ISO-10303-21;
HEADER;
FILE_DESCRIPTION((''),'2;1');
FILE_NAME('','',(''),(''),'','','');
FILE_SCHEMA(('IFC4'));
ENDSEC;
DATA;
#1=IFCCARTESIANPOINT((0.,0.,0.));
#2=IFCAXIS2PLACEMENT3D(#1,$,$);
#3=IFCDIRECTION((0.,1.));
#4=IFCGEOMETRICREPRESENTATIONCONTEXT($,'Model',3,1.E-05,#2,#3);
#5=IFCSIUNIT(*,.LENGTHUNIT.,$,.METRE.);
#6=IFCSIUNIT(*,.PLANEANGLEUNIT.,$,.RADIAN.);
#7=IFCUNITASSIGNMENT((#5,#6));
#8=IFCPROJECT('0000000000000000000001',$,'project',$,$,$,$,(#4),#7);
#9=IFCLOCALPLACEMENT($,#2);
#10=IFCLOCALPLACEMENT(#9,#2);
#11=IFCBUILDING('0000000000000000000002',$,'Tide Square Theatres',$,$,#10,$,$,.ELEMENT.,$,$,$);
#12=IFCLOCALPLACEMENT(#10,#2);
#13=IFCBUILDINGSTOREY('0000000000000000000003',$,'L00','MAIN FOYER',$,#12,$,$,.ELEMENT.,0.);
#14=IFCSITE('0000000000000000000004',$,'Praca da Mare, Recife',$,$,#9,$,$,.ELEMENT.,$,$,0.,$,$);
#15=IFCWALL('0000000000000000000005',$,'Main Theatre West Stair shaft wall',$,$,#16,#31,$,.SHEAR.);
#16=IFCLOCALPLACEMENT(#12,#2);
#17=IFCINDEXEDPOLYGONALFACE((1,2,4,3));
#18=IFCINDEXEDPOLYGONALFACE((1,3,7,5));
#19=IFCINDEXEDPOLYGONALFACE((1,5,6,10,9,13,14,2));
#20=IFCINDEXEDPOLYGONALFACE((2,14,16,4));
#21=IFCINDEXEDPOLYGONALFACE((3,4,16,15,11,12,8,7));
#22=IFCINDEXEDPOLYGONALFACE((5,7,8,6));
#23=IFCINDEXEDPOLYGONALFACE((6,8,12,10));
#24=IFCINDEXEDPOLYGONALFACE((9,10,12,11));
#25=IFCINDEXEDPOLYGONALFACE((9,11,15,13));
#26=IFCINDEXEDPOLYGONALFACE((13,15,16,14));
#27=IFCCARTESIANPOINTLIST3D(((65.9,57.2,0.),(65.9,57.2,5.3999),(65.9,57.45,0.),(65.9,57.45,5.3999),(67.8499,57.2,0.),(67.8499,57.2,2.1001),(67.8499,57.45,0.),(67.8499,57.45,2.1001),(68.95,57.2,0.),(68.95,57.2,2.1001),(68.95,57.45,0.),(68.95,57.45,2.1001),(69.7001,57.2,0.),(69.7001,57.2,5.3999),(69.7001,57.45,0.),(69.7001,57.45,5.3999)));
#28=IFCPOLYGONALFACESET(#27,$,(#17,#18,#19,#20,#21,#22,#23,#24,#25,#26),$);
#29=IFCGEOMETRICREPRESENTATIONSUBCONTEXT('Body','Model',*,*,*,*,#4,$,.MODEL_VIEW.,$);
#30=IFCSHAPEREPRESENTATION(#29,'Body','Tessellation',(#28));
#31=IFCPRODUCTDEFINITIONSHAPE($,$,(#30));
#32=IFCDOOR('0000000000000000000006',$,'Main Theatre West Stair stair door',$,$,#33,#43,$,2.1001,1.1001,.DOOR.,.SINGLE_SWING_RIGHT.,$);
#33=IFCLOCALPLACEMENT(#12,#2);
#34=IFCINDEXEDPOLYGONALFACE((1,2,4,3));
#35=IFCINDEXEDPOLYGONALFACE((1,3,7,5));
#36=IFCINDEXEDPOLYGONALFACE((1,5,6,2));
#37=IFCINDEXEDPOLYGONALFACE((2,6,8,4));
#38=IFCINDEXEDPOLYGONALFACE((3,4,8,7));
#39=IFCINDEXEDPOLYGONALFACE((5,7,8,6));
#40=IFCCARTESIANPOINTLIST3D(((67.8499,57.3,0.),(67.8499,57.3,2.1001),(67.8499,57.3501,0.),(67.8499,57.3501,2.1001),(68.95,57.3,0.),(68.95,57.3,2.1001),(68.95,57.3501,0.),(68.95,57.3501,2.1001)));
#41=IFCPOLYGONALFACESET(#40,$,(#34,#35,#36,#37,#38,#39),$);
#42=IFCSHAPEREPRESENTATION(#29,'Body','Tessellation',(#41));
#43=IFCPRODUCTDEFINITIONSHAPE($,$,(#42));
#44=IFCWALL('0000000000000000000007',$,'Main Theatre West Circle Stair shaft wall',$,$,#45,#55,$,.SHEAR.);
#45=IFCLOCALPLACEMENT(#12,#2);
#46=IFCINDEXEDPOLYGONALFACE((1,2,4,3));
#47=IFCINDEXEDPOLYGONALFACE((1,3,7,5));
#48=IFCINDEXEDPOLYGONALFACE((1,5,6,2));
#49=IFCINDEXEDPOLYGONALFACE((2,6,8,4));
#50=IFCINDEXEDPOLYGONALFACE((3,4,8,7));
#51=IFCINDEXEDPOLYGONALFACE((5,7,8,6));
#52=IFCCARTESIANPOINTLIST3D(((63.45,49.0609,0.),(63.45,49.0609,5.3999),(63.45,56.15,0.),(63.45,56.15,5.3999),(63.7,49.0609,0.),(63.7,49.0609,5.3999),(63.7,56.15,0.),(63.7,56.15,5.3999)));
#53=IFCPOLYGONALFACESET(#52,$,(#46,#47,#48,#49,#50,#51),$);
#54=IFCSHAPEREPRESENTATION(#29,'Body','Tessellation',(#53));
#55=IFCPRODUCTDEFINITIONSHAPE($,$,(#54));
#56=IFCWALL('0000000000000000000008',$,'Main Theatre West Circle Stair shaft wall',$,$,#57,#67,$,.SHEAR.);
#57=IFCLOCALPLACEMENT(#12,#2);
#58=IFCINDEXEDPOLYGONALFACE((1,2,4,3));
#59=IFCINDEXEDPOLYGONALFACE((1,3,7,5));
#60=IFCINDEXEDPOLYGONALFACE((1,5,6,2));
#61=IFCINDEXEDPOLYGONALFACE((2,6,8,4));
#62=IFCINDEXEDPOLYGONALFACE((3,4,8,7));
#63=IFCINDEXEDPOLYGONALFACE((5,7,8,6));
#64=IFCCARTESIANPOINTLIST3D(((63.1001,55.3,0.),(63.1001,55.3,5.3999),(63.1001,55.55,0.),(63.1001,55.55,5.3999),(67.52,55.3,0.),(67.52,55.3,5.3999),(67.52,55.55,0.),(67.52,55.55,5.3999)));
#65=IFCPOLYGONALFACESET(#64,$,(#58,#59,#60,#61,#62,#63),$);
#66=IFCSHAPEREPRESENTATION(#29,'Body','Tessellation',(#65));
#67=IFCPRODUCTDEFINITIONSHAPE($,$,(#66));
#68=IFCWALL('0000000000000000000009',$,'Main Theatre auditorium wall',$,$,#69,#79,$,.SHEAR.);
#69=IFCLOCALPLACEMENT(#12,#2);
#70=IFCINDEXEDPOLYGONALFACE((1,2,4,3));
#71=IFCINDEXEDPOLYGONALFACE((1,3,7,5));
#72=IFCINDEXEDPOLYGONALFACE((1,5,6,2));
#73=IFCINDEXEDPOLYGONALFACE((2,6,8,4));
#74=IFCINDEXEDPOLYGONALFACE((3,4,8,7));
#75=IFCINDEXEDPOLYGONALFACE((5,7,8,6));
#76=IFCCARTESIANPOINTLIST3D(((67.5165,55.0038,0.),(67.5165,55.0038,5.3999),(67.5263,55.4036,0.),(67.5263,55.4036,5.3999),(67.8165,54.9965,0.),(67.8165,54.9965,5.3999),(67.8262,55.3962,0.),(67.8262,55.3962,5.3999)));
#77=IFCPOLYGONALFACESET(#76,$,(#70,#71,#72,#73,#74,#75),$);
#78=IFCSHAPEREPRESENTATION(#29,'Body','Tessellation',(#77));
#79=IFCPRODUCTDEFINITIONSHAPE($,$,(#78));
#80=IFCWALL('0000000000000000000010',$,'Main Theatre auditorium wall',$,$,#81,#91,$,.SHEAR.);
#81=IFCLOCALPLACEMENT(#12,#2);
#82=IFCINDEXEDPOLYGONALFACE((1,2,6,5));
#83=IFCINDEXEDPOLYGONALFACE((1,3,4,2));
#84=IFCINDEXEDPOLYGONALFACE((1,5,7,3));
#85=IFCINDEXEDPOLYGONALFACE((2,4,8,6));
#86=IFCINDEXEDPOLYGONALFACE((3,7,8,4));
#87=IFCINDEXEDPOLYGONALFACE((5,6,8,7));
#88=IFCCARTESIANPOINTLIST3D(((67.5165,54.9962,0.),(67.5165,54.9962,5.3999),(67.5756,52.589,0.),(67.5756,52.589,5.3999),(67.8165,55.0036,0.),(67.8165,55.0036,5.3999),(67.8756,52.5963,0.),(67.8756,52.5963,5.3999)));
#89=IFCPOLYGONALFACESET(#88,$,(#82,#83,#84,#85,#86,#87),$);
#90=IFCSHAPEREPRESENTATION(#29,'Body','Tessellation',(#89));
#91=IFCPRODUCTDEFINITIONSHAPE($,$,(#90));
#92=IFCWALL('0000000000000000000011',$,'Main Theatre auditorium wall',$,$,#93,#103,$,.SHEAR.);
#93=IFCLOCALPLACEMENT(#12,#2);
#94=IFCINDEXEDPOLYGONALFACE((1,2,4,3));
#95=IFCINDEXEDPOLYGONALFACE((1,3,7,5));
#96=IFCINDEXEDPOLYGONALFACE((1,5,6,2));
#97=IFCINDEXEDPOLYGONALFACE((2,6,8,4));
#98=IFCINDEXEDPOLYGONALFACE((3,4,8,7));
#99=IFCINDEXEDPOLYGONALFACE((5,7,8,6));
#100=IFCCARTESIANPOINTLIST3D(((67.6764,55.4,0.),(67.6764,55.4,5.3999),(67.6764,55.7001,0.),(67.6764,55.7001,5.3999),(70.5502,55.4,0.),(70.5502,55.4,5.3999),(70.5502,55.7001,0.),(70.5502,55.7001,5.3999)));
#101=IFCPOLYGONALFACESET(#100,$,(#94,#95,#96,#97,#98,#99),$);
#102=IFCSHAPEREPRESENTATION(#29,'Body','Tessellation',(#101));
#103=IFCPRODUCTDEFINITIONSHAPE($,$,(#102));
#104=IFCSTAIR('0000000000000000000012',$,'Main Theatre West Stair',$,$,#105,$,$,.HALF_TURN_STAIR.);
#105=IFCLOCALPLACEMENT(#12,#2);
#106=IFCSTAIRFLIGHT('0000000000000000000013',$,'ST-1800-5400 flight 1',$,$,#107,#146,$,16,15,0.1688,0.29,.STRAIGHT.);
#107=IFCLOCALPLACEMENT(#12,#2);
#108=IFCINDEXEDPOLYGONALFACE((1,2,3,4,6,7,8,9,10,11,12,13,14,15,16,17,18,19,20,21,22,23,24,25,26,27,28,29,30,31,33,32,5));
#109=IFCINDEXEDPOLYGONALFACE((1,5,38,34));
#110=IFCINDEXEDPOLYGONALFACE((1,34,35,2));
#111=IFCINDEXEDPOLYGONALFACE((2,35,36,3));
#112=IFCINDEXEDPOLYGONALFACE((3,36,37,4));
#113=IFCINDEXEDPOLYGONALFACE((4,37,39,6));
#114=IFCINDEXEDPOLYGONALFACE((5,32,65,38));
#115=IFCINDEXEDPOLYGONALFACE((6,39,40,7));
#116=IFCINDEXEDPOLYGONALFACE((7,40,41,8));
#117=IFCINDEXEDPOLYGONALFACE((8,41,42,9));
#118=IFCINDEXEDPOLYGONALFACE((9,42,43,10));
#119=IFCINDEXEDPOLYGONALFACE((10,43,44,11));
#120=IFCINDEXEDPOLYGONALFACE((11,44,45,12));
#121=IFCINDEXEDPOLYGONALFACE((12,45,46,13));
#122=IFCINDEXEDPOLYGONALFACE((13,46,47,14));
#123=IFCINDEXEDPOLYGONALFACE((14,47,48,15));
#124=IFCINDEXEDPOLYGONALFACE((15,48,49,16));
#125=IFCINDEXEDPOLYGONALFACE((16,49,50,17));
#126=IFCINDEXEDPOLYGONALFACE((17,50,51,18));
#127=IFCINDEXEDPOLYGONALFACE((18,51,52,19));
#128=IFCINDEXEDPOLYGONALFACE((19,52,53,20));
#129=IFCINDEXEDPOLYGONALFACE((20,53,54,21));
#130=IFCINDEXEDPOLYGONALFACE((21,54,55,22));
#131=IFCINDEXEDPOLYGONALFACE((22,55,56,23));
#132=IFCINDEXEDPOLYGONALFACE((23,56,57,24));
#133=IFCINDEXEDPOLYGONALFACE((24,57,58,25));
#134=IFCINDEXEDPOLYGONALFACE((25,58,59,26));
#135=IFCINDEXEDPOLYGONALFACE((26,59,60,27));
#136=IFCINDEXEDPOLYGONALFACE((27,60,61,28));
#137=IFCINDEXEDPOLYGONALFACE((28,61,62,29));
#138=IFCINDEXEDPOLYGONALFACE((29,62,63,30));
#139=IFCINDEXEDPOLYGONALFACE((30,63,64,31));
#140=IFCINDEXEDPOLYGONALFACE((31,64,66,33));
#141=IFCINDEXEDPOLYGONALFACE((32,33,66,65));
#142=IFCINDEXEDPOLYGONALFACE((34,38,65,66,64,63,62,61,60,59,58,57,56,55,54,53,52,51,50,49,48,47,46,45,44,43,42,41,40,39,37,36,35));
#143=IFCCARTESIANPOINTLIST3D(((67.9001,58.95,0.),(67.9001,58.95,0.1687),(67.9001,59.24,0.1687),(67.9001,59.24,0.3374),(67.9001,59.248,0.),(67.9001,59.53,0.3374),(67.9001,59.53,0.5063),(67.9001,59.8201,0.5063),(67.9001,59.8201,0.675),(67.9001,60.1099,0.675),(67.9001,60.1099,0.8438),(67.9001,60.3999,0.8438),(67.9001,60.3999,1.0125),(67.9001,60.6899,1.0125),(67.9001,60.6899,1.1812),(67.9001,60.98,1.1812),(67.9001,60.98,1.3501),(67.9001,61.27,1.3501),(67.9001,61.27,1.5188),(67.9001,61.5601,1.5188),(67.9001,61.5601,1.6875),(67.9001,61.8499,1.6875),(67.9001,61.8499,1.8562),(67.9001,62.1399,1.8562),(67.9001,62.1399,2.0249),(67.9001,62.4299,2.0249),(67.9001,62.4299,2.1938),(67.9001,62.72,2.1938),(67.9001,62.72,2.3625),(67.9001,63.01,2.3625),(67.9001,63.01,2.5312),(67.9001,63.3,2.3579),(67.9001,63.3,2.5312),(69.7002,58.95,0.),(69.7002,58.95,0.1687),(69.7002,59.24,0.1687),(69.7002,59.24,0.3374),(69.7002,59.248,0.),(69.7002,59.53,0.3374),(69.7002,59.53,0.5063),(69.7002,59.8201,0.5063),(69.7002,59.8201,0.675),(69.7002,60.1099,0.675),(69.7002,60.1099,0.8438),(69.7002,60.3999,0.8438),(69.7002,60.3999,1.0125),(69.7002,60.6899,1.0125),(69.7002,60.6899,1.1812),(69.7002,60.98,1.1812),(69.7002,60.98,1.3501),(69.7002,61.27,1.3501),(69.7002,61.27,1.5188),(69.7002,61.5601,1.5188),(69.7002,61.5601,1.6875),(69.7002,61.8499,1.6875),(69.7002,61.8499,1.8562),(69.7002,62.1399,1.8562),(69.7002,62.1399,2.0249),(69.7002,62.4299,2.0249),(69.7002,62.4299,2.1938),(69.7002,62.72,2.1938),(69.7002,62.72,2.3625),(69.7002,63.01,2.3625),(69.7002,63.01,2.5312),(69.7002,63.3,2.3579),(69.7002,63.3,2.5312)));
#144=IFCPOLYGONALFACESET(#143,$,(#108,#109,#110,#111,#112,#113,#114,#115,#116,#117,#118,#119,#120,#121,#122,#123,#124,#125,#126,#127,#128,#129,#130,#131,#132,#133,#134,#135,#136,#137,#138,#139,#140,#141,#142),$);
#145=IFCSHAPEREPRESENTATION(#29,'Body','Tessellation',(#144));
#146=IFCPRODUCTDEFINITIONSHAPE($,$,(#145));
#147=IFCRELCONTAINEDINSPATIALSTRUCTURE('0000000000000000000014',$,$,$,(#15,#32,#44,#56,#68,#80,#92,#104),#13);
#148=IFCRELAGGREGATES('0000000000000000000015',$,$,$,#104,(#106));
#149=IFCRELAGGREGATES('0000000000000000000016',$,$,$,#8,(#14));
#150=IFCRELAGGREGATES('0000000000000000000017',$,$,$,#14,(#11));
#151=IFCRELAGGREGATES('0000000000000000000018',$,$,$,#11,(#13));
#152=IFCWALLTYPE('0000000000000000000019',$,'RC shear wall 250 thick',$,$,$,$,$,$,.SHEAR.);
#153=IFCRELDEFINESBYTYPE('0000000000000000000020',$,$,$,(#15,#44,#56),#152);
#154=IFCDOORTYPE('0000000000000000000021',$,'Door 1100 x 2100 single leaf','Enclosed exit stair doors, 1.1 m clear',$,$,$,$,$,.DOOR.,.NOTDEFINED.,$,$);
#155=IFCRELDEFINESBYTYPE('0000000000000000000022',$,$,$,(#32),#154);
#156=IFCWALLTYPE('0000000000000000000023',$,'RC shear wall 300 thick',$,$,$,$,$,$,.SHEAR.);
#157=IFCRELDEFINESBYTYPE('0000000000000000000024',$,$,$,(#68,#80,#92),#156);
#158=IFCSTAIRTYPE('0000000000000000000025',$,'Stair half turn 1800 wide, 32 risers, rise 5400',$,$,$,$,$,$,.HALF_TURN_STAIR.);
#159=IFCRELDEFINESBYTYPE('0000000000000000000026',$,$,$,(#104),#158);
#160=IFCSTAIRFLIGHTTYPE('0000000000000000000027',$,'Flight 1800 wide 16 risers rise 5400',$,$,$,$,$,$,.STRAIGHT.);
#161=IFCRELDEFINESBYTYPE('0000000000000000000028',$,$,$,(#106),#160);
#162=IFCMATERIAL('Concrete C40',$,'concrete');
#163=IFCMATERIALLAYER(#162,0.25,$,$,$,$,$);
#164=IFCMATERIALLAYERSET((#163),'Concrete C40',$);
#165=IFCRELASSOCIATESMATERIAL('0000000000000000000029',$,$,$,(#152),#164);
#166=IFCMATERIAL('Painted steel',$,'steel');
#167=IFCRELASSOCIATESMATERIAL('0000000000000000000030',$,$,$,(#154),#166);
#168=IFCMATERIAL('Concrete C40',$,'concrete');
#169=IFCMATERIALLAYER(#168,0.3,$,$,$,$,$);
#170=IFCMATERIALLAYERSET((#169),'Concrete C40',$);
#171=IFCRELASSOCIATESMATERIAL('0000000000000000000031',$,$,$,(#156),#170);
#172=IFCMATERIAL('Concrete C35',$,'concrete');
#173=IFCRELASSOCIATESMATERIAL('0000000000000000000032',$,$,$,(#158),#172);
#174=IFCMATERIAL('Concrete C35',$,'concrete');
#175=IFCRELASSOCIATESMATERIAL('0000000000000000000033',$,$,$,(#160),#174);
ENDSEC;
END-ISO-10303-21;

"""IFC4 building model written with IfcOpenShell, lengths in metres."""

from ifc_helpers import new_model, si_unit, direction, frame, frame_2d, origin, place, context, subcontext, project, spatial, polyline, rectangle, outline, extrude, material, layer, layer_set, type_object, element, fill, aggregate, save


model = new_model("IFC4")

# Units and contexts
model_context = context("Model", 3, precision=1e-05, world=origin(), true_north=direction((0.0, 1.0)))
body_context = subcontext(model_context, "Body", "Model", "MODEL_VIEW")
ifc_project = project(units=[si_unit("LENGTHUNIT", "METRE"), si_unit("PLANEANGLEUNIT", "RADIAN")], contexts=[model_context])

# Site, building, storey
site_placement = place(None, origin())
site = spatial("IfcSite", under=ifc_project, at=site_placement, Name="Praca da Mare, Recife", CompositionType="ELEMENT", RefElevation=0.0)
building_placement = place(site_placement, origin())
building = spatial("IfcBuilding", under=site, at=building_placement, Name="Tide Square Theatres", CompositionType="ELEMENT")
storey_placement = place(building_placement, origin())
storey = spatial("IfcBuildingStorey", under=building, at=storey_placement, Name="L00", Description="MAIN FOYER", CompositionType="ELEMENT", Elevation=0.0)

# Shared definitions
ifc_material_1 = material(Name="Concrete C40", Category="concrete")
ifc_layer_1 = layer(ifc_material_1, 0.25)
ifc_layer_set_1 = layer_set([ifc_layer_1], Name="Concrete C40")
wall_type_1 = type_object("IfcWallType", Name="RC shear wall 250 thick", PredefinedType="SHEAR", material=ifc_layer_set_1)

# Wall, opening, door
wall_1_placement = place(storey_placement, frame((69.7, 57.325, 0.0), z_axis=(0.0, 0.0, 1.0), x_axis=(-1.0, 0.0, 0.0)))
wall_1 = element("IfcWall", 1, at=wall_1_placement, inside=storey, type_object=wall_type_1, Name="Main Theatre West Stair shaft wall", PredefinedType="SHEAR", context=body_context, shape_type="SweptSolid", body=[
    extrude(rectangle(XDim=3.8, YDim=0.25, at=frame_2d((1.8999, 0.0))), origin(), (0.0, 0.0, 1.0), 5.3999),
])
opening_placement = place(wall_1_placement, frame((0.75, 0.0, 0.0)))
opening = element("IfcOpeningElement", 2, at=opening_placement, cuts=wall_1, PredefinedType="OPENING", context=body_context, shape_type="SweptSolid", body=[
    extrude(rectangle(XDim=1.1001, YDim=2.1001, at=frame_2d((0.55, 1.05))), frame((0.0, 0.135, 0.0), z_axis=(0.0, -1.0, 0.0), x_axis=(1.0, 0.0, 0.0)), (0.0, 0.0, 1.0), 0.27),
])
ifc_material_2 = material(Name="Painted steel", Category="steel")
door_type = type_object("IfcDoorType", Name="Door 1100 x 2100 single leaf", Description="Enclosed exit stair doors, 1.1 m clear", OperationType="NOTDEFINED", PredefinedType="DOOR", material=ifc_material_2)
door_placement = place(opening_placement, origin())
door = element("IfcDoor", 3, at=door_placement, inside=storey, type_object=door_type, Name="Main Theatre West Stair stair door", OperationType="SINGLE_SWING_RIGHT", OverallHeight=2.1001, OverallWidth=1.1001, PredefinedType="DOOR", context=body_context, shape_type="SweptSolid", body=[
    extrude(rectangle(XDim=1.1001, YDim=2.1001, at=frame_2d((0.55, 1.05))), frame((0.0, 0.0249, 0.0), z_axis=(0.0, -1.0, 0.0), x_axis=(1.0, 0.0, 0.0)), (0.0, 0.0, 1.0), 0.05),
])
fill(opening, door)

# Walls
wall_2_placement = place(storey_placement, frame((63.575, 56.1499, 0.0), z_axis=(0.0, 0.0, 1.0), x_axis=(0.0, -1.0, 0.0)))
element("IfcWall", 4, at=wall_2_placement, inside=storey, type_object=wall_type_1, Name="Main Theatre West Circle Stair shaft wall", PredefinedType="SHEAR", context=body_context, shape_type="SweptSolid", body=[
    extrude(rectangle(XDim=7.0891, YDim=0.25, at=frame_2d((3.5444, 0.0))), origin(), (0.0, 0.0, 1.0), 5.3999),
])
wall_3_placement = place(storey_placement, frame((63.1001, 55.425, 0.0), z_axis=(0.0, 0.0, 1.0), x_axis=(1.0, 0.0, 0.0)))
element("IfcWall", 5, at=wall_3_placement, inside=storey, type_object=wall_type_1, Name="Main Theatre West Circle Stair shaft wall", PredefinedType="SHEAR", context=body_context, shape_type="SweptSolid", body=[
    extrude(rectangle(XDim=4.4199, YDim=0.25, at=frame_2d((2.21, 0.0))), origin(), (0.0, 0.0, 1.0), 5.3999),
])
ifc_material_3 = material(Name="Concrete C40", Category="concrete")
ifc_layer_2 = layer(ifc_material_3, 0.3)
ifc_layer_set_2 = layer_set([ifc_layer_2], Name="Concrete C40")
wall_type_2 = type_object("IfcWallType", Name="RC shear wall 300 thick", PredefinedType="SHEAR", material=ifc_layer_set_2)
wall_4_placement = place(storey_placement, frame((67.6763, 55.3999, 0.0), z_axis=(0.0, 0.0, 1.0), x_axis=(-0.024413, -0.999702, 0.0)))
element("IfcWall", 6, at=wall_4_placement, inside=storey, type_object=wall_type_2, Name="Main Theatre auditorium wall", PredefinedType="SHEAR", context=body_context, shape_type="SweptSolid", body=[
    extrude(rectangle(XDim=0.3999, YDim=0.3, at=frame_2d((0.2, 0.0))), origin(), (0.0, 0.0, 1.0), 5.3999),
])
wall_5_placement = place(storey_placement, frame((67.6665, 55.0, 0.0), z_axis=(0.0, 0.0, 1.0), x_axis=(0.024536, -0.999699, 0.0)))
element("IfcWall", 7, at=wall_5_placement, inside=storey, type_object=wall_type_2, Name="Main Theatre auditorium wall", PredefinedType="SHEAR", context=body_context, shape_type="SweptSolid", body=[
    extrude(rectangle(XDim=2.408, YDim=0.3, at=frame_2d((1.2041, 0.0))), origin(), (0.0, 0.0, 1.0), 5.3999),
])
wall_6_placement = place(storey_placement, frame((67.6763, 55.55, 0.0), z_axis=(0.0, 0.0, 1.0), x_axis=(1.0, 0.0, 0.0)))
element("IfcWall", 8, at=wall_6_placement, inside=storey, type_object=wall_type_2, Name="Main Theatre auditorium wall", PredefinedType="SHEAR", context=body_context, shape_type="SweptSolid", body=[
    extrude(rectangle(XDim=2.8738, YDim=0.3, at=frame_2d((1.437, 0.0))), origin(), (0.0, 0.0, 1.0), 5.3999),
])

# Stair, stair flight
ifc_material_4 = material(Name="Concrete C35", Category="concrete")
stair_type = type_object("IfcStairType", Name="Stair half turn 1800 wide, 32 risers, rise 5400", PredefinedType="HALF_TURN_STAIR", material=ifc_material_4)
stair_placement = place(storey_placement, origin())
stair = element("IfcStair", 9, at=stair_placement, inside=storey, type_object=stair_type, Name="Main Theatre West Stair", PredefinedType="HALF_TURN_STAIR")
ifc_material_5 = material(Name="Concrete C35", Category="concrete")
stair_flight_type = type_object("IfcStairFlightType", Name="Flight 1800 wide 16 risers rise 5400", PredefinedType="STRAIGHT", material=ifc_material_5)
stair_flight_placement = place(storey_placement, frame((68.8, 58.95, 0.0), z_axis=(0.0, 0.0, 1.0), x_axis=(0.0, 1.0, 0.0)))
stair_flight = element("IfcStairFlight", 10, at=stair_flight_placement, type_object=stair_flight_type, Name="ST-1800-5400 flight 1", NumberOfRisers=16, NumberOfTreads=15, PredefinedType="STRAIGHT", RiserHeight=0.1688, TreadLength=0.29, context=body_context, shape_type="SweptSolid", body=[
    extrude(outline(polyline([(0.0, 0.0), (0.0, 0.1687), (0.29, 0.1687), (0.29, 0.3374), (0.5801, 0.3374), (0.5801, 0.5063), (0.8701, 0.5063), (0.8701, 0.675), (1.1599, 0.675), (1.1599, 0.8438), (1.45, 0.8438), (1.45, 1.0125), (1.74, 1.0125), (1.74, 1.1812), (2.03, 1.1812), (2.03, 1.3501), (2.3201, 1.3501), (2.3201, 1.5188), (2.6101, 1.5188), (2.6101, 1.6875), (2.8999, 1.6875), (2.8999, 1.8562), (3.1899, 1.8562), (3.1899, 2.0249), (3.48, 2.0249), (3.48, 2.1938), (3.77, 2.1938), (3.77, 2.3625), (4.0601, 2.3625), (4.0601, 2.5312), (4.3501, 2.5312), (4.3501, 2.7), (4.3501, 2.3579), (0.2981, 0.0), (0.0, 0.0)])), frame((0.0, 0.8999, 0.0), z_axis=(0.0, -1.0, 0.0), x_axis=(1.0, 0.0, 0.0)), (0.0, 0.0, 1.0), 1.8),
])
aggregate(stair, [stair_flight])

save(model, "model.ifc")
